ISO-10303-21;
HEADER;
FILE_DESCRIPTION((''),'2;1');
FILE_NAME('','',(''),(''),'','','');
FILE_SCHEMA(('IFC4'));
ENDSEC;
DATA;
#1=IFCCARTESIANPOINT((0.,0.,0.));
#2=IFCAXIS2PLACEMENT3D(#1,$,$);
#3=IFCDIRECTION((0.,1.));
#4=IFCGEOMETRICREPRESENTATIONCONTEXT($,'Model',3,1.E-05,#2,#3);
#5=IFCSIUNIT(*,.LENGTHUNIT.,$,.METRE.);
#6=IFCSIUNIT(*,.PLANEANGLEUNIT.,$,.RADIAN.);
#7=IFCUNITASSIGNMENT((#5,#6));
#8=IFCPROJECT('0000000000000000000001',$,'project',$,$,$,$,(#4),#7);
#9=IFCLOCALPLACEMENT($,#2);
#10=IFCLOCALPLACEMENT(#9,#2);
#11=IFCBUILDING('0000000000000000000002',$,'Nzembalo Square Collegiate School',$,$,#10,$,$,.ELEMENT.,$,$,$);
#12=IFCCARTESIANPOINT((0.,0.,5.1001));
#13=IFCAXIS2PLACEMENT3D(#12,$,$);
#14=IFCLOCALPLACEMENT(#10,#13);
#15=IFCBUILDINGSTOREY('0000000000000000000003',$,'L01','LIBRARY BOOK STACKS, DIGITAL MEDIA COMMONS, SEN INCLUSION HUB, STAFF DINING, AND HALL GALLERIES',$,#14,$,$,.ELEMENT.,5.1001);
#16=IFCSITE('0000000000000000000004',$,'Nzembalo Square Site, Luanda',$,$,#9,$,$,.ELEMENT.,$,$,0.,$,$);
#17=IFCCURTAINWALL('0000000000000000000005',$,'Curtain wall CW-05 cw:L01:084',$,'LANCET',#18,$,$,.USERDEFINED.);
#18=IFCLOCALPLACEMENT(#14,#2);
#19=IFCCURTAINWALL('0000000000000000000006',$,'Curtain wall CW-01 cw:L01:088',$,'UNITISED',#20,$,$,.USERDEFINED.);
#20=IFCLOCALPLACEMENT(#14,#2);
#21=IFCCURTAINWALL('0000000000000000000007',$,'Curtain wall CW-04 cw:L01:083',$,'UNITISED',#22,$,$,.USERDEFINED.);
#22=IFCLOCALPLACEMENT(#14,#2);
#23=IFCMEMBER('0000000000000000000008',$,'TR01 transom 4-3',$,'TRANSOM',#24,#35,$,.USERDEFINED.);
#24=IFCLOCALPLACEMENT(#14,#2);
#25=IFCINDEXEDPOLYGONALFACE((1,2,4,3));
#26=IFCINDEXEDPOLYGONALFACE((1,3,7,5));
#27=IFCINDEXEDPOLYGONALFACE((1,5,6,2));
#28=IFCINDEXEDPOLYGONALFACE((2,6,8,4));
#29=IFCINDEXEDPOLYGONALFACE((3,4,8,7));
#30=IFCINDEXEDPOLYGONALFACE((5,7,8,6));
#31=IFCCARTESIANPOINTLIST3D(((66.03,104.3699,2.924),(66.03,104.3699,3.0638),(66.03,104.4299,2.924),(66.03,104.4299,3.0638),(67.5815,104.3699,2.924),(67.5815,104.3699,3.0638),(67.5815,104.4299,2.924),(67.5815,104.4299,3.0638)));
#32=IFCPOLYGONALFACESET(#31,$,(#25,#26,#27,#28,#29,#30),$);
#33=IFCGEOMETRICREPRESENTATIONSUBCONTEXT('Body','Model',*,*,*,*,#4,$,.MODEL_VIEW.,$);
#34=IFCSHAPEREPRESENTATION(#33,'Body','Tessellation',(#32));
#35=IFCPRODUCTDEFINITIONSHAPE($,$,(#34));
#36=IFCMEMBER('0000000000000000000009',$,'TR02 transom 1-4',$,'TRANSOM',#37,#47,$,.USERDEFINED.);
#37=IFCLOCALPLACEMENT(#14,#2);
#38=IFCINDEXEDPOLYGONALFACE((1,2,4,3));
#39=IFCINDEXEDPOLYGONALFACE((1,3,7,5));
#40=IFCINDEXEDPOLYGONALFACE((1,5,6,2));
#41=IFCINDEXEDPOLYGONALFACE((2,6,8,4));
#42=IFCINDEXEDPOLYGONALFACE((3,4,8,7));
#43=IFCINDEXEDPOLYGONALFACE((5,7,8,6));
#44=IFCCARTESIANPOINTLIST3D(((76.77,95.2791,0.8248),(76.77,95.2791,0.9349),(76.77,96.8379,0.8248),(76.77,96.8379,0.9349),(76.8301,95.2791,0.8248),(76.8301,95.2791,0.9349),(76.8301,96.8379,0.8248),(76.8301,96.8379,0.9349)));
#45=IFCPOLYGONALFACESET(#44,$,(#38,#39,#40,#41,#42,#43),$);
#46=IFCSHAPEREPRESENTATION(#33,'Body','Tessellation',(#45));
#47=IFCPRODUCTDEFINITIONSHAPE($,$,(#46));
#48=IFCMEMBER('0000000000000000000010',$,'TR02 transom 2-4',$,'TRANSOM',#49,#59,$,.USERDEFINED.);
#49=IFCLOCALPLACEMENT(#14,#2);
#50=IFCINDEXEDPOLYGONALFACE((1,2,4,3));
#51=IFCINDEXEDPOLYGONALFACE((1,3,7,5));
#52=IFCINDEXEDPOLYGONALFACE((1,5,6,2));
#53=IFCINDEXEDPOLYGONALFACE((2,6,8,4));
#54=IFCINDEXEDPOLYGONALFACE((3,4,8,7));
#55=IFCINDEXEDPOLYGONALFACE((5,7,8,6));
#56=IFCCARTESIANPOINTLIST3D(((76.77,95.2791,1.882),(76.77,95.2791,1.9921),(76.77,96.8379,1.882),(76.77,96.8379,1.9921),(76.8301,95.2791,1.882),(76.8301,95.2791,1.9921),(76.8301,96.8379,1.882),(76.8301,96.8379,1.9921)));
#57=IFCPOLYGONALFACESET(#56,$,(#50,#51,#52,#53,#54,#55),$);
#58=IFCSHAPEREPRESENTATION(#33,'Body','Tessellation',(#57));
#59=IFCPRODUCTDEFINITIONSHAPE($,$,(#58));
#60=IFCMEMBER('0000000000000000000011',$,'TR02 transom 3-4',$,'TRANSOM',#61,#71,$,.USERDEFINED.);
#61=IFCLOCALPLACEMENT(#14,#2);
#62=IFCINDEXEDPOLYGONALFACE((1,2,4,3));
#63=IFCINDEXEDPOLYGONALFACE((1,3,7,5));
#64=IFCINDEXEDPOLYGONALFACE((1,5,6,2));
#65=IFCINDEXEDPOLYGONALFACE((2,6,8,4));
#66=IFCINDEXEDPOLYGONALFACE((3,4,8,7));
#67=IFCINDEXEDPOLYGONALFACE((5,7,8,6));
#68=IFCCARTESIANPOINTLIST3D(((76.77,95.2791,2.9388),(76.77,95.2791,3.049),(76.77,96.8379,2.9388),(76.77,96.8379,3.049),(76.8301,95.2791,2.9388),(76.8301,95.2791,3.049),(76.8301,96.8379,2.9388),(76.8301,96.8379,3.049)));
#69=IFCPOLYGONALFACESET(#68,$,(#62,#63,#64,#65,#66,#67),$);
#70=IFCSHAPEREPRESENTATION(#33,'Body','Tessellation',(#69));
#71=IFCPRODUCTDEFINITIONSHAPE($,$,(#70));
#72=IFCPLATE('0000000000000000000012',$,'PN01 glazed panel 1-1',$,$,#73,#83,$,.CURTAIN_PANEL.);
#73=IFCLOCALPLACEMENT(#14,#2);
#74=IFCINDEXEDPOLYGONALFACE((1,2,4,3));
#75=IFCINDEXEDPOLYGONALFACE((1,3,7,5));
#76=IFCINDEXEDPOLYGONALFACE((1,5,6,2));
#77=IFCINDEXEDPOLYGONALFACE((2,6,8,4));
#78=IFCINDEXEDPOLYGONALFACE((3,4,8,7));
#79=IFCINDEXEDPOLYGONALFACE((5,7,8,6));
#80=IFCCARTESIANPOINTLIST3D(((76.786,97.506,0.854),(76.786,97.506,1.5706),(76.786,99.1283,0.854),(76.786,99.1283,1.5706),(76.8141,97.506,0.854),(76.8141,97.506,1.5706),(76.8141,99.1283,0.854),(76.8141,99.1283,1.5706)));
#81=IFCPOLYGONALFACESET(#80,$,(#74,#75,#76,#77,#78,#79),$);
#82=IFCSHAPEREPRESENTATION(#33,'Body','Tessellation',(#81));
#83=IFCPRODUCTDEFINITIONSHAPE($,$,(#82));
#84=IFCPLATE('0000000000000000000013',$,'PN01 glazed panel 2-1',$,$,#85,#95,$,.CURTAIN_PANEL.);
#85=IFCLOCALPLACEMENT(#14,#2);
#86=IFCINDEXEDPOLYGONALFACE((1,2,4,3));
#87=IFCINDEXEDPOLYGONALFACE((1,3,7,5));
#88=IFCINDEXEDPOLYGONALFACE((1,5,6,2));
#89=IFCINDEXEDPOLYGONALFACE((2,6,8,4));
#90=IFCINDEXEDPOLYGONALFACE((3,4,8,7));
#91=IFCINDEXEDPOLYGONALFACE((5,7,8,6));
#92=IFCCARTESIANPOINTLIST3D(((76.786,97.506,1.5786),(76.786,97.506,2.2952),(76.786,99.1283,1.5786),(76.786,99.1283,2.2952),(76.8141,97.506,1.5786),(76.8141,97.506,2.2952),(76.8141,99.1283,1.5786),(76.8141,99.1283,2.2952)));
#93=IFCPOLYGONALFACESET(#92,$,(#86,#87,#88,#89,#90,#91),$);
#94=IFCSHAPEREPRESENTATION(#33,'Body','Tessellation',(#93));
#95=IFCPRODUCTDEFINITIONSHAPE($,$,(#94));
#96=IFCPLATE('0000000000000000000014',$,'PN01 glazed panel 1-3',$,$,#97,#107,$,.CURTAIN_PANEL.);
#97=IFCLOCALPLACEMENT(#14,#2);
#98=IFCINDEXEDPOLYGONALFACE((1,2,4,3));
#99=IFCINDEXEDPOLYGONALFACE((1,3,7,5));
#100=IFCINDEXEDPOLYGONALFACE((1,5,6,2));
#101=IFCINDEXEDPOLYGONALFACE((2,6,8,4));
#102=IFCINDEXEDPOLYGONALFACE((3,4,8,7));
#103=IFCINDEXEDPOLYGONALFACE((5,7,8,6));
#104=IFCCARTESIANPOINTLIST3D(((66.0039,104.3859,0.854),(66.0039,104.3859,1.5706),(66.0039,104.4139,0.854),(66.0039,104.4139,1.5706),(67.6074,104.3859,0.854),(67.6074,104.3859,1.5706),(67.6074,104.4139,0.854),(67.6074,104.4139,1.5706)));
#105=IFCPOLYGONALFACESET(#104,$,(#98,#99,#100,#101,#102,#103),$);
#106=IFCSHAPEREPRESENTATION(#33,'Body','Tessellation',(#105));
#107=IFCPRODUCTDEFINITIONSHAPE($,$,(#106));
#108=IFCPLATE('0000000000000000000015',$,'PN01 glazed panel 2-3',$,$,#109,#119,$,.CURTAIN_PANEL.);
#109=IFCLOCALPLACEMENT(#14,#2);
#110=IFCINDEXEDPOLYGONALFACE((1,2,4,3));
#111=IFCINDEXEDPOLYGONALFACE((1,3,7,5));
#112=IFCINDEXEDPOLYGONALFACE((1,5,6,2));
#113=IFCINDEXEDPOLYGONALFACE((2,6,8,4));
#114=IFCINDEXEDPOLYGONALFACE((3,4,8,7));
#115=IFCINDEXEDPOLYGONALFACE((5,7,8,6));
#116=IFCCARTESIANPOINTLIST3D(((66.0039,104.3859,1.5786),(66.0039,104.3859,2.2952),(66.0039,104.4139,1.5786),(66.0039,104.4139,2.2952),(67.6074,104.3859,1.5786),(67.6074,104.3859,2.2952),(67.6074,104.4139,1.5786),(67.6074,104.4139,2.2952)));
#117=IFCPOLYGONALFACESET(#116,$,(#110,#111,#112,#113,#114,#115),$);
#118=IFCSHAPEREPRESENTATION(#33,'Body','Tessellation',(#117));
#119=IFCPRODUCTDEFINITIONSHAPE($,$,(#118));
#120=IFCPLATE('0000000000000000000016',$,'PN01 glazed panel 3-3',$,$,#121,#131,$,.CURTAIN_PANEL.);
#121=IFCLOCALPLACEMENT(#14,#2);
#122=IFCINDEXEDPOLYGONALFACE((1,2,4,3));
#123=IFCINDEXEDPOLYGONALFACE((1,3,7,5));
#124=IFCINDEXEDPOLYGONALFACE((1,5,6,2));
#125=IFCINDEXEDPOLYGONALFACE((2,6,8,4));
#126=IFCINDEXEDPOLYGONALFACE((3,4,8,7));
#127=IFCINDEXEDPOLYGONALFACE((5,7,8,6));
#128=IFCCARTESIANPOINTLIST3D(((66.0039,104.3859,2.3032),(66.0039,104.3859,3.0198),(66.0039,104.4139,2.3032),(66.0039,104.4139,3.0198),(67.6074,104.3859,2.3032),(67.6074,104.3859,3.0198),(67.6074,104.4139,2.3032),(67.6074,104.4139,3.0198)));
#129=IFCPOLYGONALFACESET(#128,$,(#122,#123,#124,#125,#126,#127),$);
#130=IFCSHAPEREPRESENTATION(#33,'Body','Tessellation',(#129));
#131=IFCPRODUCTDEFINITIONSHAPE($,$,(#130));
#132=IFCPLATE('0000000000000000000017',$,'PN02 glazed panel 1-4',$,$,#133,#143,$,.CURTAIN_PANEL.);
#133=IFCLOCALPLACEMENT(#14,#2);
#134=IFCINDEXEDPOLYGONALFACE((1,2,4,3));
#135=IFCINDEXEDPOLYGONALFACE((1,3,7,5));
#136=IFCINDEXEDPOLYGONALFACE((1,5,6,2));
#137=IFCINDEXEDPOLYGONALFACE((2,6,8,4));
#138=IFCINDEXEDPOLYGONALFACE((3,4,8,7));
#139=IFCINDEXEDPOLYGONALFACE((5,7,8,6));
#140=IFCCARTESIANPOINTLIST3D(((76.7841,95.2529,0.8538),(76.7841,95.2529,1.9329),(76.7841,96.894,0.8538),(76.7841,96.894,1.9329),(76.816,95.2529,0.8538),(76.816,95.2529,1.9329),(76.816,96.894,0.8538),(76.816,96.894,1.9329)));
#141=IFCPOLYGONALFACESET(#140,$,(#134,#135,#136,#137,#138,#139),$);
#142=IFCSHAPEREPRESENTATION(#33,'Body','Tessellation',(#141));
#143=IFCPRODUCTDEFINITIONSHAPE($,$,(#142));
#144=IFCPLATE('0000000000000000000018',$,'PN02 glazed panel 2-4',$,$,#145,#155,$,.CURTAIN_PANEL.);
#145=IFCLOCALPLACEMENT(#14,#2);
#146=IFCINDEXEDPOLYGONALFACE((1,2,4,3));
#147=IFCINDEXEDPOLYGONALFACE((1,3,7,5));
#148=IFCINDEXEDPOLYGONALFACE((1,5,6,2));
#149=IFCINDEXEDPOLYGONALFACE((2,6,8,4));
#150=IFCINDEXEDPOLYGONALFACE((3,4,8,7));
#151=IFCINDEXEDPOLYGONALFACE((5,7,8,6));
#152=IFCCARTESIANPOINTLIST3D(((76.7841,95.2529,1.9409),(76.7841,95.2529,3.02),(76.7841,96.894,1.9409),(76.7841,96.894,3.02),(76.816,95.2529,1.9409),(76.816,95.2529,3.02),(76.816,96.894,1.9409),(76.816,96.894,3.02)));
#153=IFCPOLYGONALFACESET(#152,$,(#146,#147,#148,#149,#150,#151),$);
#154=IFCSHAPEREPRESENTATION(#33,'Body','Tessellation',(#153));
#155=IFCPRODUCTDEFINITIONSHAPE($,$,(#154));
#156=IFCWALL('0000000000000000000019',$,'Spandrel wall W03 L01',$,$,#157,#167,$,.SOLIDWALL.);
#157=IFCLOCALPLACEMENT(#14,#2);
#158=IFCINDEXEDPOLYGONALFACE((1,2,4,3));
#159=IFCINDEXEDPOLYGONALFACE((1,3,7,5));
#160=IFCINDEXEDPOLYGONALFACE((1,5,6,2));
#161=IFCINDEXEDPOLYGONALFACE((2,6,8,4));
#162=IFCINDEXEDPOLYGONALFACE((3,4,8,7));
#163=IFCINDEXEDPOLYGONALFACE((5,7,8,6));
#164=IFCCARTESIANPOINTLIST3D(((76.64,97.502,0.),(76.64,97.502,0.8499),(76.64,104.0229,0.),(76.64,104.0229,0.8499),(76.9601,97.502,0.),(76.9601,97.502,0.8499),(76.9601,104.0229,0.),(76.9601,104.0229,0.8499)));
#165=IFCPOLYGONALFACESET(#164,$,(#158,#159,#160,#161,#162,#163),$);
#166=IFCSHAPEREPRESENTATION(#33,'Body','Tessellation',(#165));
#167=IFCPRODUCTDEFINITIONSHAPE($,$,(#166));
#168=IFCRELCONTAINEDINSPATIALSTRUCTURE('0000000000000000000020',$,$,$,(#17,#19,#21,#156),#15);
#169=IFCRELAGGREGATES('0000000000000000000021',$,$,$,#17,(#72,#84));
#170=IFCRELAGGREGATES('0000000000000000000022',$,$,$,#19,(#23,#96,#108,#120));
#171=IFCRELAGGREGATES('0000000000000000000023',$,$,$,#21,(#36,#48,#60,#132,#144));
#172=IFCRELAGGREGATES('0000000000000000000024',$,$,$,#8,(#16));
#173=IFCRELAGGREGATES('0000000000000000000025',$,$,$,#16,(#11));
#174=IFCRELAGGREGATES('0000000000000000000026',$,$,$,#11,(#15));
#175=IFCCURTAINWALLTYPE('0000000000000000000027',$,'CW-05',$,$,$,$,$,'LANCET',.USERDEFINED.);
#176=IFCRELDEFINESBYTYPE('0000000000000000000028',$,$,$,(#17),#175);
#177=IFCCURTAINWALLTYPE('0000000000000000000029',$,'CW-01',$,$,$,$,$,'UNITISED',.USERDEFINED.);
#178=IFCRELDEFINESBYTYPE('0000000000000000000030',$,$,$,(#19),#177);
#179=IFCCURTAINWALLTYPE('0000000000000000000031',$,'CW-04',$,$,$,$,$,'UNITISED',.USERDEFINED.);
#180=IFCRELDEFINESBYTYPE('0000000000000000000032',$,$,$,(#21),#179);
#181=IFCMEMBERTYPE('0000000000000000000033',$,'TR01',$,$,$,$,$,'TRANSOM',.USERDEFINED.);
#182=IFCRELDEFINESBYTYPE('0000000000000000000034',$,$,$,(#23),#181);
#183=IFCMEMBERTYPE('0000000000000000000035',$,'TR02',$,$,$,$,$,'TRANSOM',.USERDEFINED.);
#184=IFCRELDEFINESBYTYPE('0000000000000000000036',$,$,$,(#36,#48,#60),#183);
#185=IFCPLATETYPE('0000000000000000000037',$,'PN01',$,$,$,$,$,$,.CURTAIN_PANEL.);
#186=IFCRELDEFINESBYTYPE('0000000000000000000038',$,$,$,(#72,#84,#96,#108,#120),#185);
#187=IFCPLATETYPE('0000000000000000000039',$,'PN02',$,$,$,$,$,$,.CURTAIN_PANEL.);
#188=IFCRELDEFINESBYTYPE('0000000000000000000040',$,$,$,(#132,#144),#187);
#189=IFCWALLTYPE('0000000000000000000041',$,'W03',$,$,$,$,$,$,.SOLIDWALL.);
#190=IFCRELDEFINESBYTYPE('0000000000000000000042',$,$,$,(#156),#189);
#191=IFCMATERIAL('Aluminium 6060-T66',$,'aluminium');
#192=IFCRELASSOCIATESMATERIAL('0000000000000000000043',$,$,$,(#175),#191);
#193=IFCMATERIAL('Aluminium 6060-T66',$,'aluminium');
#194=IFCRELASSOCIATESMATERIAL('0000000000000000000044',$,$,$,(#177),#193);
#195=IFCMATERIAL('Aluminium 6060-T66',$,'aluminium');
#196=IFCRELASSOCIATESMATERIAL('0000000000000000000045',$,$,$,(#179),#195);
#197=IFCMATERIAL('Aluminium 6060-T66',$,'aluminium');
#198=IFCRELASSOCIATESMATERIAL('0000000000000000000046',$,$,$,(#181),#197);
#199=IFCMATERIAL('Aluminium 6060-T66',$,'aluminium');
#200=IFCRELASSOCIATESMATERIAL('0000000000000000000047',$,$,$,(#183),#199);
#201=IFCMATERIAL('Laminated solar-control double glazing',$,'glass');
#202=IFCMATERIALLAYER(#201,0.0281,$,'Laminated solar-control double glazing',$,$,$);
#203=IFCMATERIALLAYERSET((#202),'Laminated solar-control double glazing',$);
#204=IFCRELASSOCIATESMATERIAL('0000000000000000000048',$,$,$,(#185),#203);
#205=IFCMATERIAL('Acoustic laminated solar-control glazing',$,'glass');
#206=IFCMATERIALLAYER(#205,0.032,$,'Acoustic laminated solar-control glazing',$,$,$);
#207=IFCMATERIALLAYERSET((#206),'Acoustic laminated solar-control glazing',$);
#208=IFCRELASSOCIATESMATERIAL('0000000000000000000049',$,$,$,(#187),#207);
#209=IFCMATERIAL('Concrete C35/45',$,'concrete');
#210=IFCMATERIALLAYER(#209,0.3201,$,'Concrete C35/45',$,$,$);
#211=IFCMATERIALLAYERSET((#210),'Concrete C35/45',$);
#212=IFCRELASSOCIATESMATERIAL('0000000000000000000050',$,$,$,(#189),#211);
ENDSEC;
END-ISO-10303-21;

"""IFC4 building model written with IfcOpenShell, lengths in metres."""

from ifc_helpers import new_model, si_unit, direction, frame, frame_2d, origin, origin_2d, place, context, subcontext, project, spatial, rectangle, extrude, material, layer, layer_set, material_profile, profile_set, type_object, element, aggregate, save


model = new_model("IFC4")

# Units and contexts
model_context = context("Model", 3, precision=1e-05, world=origin(), true_north=direction((0.0, 1.0)))
body_context = subcontext(model_context, "Body", "Model", "MODEL_VIEW")
ifc_project = project(units=[si_unit("LENGTHUNIT", "METRE"), si_unit("PLANEANGLEUNIT", "RADIAN")], contexts=[model_context])

# Site, building, storey
site_placement = place(None, origin())
site = spatial("IfcSite", under=ifc_project, at=site_placement, Name="Nzembalo Square Site, Luanda", CompositionType="ELEMENT", RefElevation=0.0)
building_placement = place(site_placement, origin())
building = spatial("IfcBuilding", under=site, at=building_placement, Name="Nzembalo Square Collegiate School", CompositionType="ELEMENT")
storey_placement = place(building_placement, frame((0.0, 0.0, 5.1001)))
storey = spatial("IfcBuildingStorey", under=building, at=storey_placement, Name="L01", Description="LIBRARY BOOK STACKS, DIGITAL MEDIA COMMONS, SEN INCLUSION HUB, STAFF DINING, AND HALL GALLERIES", CompositionType="ELEMENT", Elevation=5.1001)

# Curtain wall
ifc_material_1 = material(Name="Aluminium 6060-T66", Category="aluminium")
curtain_wall_type_1 = type_object("IfcCurtainWallType", Name="CW-05", ElementType="LANCET", PredefinedType="USERDEFINED", material=ifc_material_1)
curtain_wall_1_placement = place(storey_placement, origin())
curtain_wall_1 = element("IfcCurtainWall", 1, at=curtain_wall_1_placement, inside=storey, type_object=curtain_wall_type_1, Name="Curtain wall CW-05 cw:L01:084", ObjectType="LANCET", PredefinedType="USERDEFINED")

# Curtain walls
ifc_material_2 = material(Name="Aluminium 6060-T66", Category="aluminium")
curtain_wall_type_2 = type_object("IfcCurtainWallType", Name="CW-01", ElementType="UNITISED", PredefinedType="USERDEFINED", material=ifc_material_2)
curtain_wall_2_placement = place(storey_placement, origin())
curtain_wall_2 = element("IfcCurtainWall", 2, at=curtain_wall_2_placement, inside=storey, type_object=curtain_wall_type_2, Name="Curtain wall CW-01 cw:L01:088", ObjectType="UNITISED", PredefinedType="USERDEFINED")
ifc_material_3 = material(Name="Aluminium 6060-T66", Category="aluminium")
curtain_wall_type_3 = type_object("IfcCurtainWallType", Name="CW-04", ElementType="UNITISED", PredefinedType="USERDEFINED", material=ifc_material_3)
curtain_wall_3_placement = place(storey_placement, origin())
curtain_wall_3 = element("IfcCurtainWall", 3, at=curtain_wall_3_placement, inside=storey, type_object=curtain_wall_type_3, Name="Curtain wall CW-04 cw:L01:083", ObjectType="UNITISED", PredefinedType="USERDEFINED")

# Members
ifc_material_4 = material(Name="Aluminium 6060-T66", Category="aluminium")
ifc_material_profile_1 = material_profile(ifc_material_4, rectangle(XDim=0.0601, YDim=0.1399, at=origin_2d()), Name="ALU T60x140")
ifc_profile_set_1 = profile_set([ifc_material_profile_1], Name="Aluminium 6060-T66")
member_type_1 = type_object("IfcMemberType", Name="TR01", ElementType="TRANSOM", PredefinedType="USERDEFINED", material=ifc_profile_set_1)
member_1_placement = place(storey_placement, frame((66.03, 104.3999, 2.9939), z_axis=(1.0, 0.0, 0.0), x_axis=(0.0, 1.0, 0.0)))
member_1 = element("IfcMember", 4, at=member_1_placement, type_object=member_type_1, Name="TR01 transom 4-3", ObjectType="TRANSOM", PredefinedType="USERDEFINED", context=body_context, shape_type="SweptSolid", body=[
    extrude(rectangle(XDim=0.0601, YDim=0.1399, at=origin_2d()), origin(), (0.0, 0.0, 1.0), 1.5515),
])
ifc_material_5 = material(Name="Aluminium 6060-T66", Category="aluminium")
ifc_material_profile_2 = material_profile(ifc_material_5, rectangle(XDim=0.0601, YDim=0.1101, at=origin_2d()), Name="ALU T60x110")
ifc_profile_set_2 = profile_set([ifc_material_profile_2], Name="Aluminium 6060-T66")
member_type_2 = type_object("IfcMemberType", Name="TR02", ElementType="TRANSOM", PredefinedType="USERDEFINED", material=ifc_profile_set_2)
member_2_placement = place(storey_placement, frame((76.8, 95.2791, 0.8799), z_axis=(0.0, 1.0, 0.0), x_axis=(-1.0, 0.0, 0.0)))
member_2 = element("IfcMember", 5, at=member_2_placement, type_object=member_type_2, Name="TR02 transom 1-4", ObjectType="TRANSOM", PredefinedType="USERDEFINED", context=body_context, shape_type="SweptSolid", body=[
    extrude(rectangle(XDim=0.0601, YDim=0.1101, at=origin_2d()), origin(), (0.0, 0.0, 1.0), 1.5588),
])
member_3_placement = place(storey_placement, frame((76.8, 95.2791, 1.937), z_axis=(0.0, 1.0, 0.0), x_axis=(-1.0, 0.0, 0.0)))
member_3 = element("IfcMember", 6, at=member_3_placement, type_object=member_type_2, Name="TR02 transom 2-4", ObjectType="TRANSOM", PredefinedType="USERDEFINED", context=body_context, shape_type="SweptSolid", body=[
    extrude(rectangle(XDim=0.0601, YDim=0.1101, at=origin_2d()), origin(), (0.0, 0.0, 1.0), 1.5588),
])
member_4_placement = place(storey_placement, frame((76.8, 95.2791, 2.9939), z_axis=(0.0, 1.0, 0.0), x_axis=(-1.0, 0.0, 0.0)))
member_4 = element("IfcMember", 7, at=member_4_placement, type_object=member_type_2, Name="TR02 transom 3-4", ObjectType="TRANSOM", PredefinedType="USERDEFINED", context=body_context, shape_type="SweptSolid", body=[
    extrude(rectangle(XDim=0.0601, YDim=0.1101, at=origin_2d()), origin(), (0.0, 0.0, 1.0), 1.5588),
])

# Plates
ifc_material_6 = material(Name="Laminated solar-control double glazing", Category="glass")
ifc_layer_1 = layer(ifc_material_6, 0.0281, Name="Laminated solar-control double glazing")
ifc_layer_set_1 = layer_set([ifc_layer_1], Name="Laminated solar-control double glazing")
plate_type_1 = type_object("IfcPlateType", Name="PN01", PredefinedType="CURTAIN_PANEL", material=ifc_layer_set_1)
plate_1_placement = place(storey_placement, frame((76.8, 98.3171, 0.854), z_axis=(0.0, 0.0, 1.0), x_axis=(0.0, 1.0, 0.0)))
plate_1 = element("IfcPlate", 8, at=plate_1_placement, type_object=plate_type_1, Name="PN01 glazed panel 1-1", PredefinedType="CURTAIN_PANEL", context=body_context, shape_type="SweptSolid", body=[
    extrude(rectangle(XDim=1.6223, YDim=0.0281, at=origin_2d()), origin(), (0.0, 0.0, 1.0), 0.7166),
])
plate_2_placement = place(storey_placement, frame((76.8, 98.3171, 1.5786), z_axis=(0.0, 0.0, 1.0), x_axis=(0.0, 1.0, 0.0)))
plate_2 = element("IfcPlate", 9, at=plate_2_placement, type_object=plate_type_1, Name="PN01 glazed panel 2-1", PredefinedType="CURTAIN_PANEL", context=body_context, shape_type="SweptSolid", body=[
    extrude(rectangle(XDim=1.6223, YDim=0.0281, at=origin_2d()), origin(), (0.0, 0.0, 1.0), 0.7166),
])
aggregate(curtain_wall_1, [plate_1, plate_2])
plate_3_placement = place(storey_placement, frame((66.8057, 104.3999, 0.854), z_axis=(0.0, 0.0, 1.0), x_axis=(1.0, 0.0, 0.0)))
plate_3 = element("IfcPlate", 10, at=plate_3_placement, type_object=plate_type_1, Name="PN01 glazed panel 1-3", PredefinedType="CURTAIN_PANEL", context=body_context, shape_type="SweptSolid", body=[
    extrude(rectangle(XDim=1.6035, YDim=0.0281, at=origin_2d()), origin(), (0.0, 0.0, 1.0), 0.7166),
])
plate_4_placement = place(storey_placement, frame((66.8057, 104.3999, 1.5786), z_axis=(0.0, 0.0, 1.0), x_axis=(1.0, 0.0, 0.0)))
plate_4 = element("IfcPlate", 11, at=plate_4_placement, type_object=plate_type_1, Name="PN01 glazed panel 2-3", PredefinedType="CURTAIN_PANEL", context=body_context, shape_type="SweptSolid", body=[
    extrude(rectangle(XDim=1.6035, YDim=0.0281, at=origin_2d()), origin(), (0.0, 0.0, 1.0), 0.7166),
])
plate_5_placement = place(storey_placement, frame((66.8057, 104.3999, 2.3032), z_axis=(0.0, 0.0, 1.0), x_axis=(1.0, 0.0, 0.0)))
plate_5 = element("IfcPlate", 12, at=plate_5_placement, type_object=plate_type_1, Name="PN01 glazed panel 3-3", PredefinedType="CURTAIN_PANEL", context=body_context, shape_type="SweptSolid", body=[
    extrude(rectangle(XDim=1.6035, YDim=0.0281, at=origin_2d()), origin(), (0.0, 0.0, 1.0), 0.7166),
])
aggregate(curtain_wall_2, [member_1, plate_3, plate_4, plate_5])
ifc_material_7 = material(Name="Acoustic laminated solar-control glazing", Category="glass")
ifc_layer_2 = layer(ifc_material_7, 0.032, Name="Acoustic laminated solar-control glazing")
ifc_layer_set_2 = layer_set([ifc_layer_2], Name="Acoustic laminated solar-control glazing")
plate_type_2 = type_object("IfcPlateType", Name="PN02", PredefinedType="CURTAIN_PANEL", material=ifc_layer_set_2)
plate_6_placement = place(storey_placement, frame((76.8, 96.0735, 0.8538), z_axis=(0.0, 0.0, 1.0), x_axis=(0.0, 1.0, 0.0)))
plate_6 = element("IfcPlate", 13, at=plate_6_placement, type_object=plate_type_2, Name="PN02 glazed panel 1-4", PredefinedType="CURTAIN_PANEL", context=body_context, shape_type="SweptSolid", body=[
    extrude(rectangle(XDim=1.6411, YDim=0.032, at=origin_2d()), origin(), (0.0, 0.0, 1.0), 1.0791),
])
plate_7_placement = place(storey_placement, frame((76.8, 96.0735, 1.9409), z_axis=(0.0, 0.0, 1.0), x_axis=(0.0, 1.0, 0.0)))
plate_7 = element("IfcPlate", 14, at=plate_7_placement, type_object=plate_type_2, Name="PN02 glazed panel 2-4", PredefinedType="CURTAIN_PANEL", context=body_context, shape_type="SweptSolid", body=[
    extrude(rectangle(XDim=1.6411, YDim=0.032, at=origin_2d()), origin(), (0.0, 0.0, 1.0), 1.0791),
])
aggregate(curtain_wall_3, [member_2, member_3, member_4, plate_6, plate_7])

# Wall
ifc_material_8 = material(Name="Concrete C35/45", Category="concrete")
ifc_layer_3 = layer(ifc_material_8, 0.3201, Name="Concrete C35/45")
ifc_layer_set_3 = layer_set([ifc_layer_3], Name="Concrete C35/45")
wall_type = type_object("IfcWallType", Name="W03", PredefinedType="SOLIDWALL", material=ifc_layer_set_3)
wall_placement = place(storey_placement, frame((76.8, 97.502, 0.0), z_axis=(0.0, 0.0, 1.0), x_axis=(0.0, 1.0, 0.0)))
element("IfcWall", 15, at=wall_placement, inside=storey, type_object=wall_type, Name="Spandrel wall W03 L01", PredefinedType="SOLIDWALL", context=body_context, shape_type="SweptSolid", body=[
    extrude(rectangle(XDim=6.521, YDim=0.3201, at=frame_2d((3.2605, 0.0))), origin(), (0.0, 0.0, 1.0), 0.8499),
])

save(model, "model.ifc")
